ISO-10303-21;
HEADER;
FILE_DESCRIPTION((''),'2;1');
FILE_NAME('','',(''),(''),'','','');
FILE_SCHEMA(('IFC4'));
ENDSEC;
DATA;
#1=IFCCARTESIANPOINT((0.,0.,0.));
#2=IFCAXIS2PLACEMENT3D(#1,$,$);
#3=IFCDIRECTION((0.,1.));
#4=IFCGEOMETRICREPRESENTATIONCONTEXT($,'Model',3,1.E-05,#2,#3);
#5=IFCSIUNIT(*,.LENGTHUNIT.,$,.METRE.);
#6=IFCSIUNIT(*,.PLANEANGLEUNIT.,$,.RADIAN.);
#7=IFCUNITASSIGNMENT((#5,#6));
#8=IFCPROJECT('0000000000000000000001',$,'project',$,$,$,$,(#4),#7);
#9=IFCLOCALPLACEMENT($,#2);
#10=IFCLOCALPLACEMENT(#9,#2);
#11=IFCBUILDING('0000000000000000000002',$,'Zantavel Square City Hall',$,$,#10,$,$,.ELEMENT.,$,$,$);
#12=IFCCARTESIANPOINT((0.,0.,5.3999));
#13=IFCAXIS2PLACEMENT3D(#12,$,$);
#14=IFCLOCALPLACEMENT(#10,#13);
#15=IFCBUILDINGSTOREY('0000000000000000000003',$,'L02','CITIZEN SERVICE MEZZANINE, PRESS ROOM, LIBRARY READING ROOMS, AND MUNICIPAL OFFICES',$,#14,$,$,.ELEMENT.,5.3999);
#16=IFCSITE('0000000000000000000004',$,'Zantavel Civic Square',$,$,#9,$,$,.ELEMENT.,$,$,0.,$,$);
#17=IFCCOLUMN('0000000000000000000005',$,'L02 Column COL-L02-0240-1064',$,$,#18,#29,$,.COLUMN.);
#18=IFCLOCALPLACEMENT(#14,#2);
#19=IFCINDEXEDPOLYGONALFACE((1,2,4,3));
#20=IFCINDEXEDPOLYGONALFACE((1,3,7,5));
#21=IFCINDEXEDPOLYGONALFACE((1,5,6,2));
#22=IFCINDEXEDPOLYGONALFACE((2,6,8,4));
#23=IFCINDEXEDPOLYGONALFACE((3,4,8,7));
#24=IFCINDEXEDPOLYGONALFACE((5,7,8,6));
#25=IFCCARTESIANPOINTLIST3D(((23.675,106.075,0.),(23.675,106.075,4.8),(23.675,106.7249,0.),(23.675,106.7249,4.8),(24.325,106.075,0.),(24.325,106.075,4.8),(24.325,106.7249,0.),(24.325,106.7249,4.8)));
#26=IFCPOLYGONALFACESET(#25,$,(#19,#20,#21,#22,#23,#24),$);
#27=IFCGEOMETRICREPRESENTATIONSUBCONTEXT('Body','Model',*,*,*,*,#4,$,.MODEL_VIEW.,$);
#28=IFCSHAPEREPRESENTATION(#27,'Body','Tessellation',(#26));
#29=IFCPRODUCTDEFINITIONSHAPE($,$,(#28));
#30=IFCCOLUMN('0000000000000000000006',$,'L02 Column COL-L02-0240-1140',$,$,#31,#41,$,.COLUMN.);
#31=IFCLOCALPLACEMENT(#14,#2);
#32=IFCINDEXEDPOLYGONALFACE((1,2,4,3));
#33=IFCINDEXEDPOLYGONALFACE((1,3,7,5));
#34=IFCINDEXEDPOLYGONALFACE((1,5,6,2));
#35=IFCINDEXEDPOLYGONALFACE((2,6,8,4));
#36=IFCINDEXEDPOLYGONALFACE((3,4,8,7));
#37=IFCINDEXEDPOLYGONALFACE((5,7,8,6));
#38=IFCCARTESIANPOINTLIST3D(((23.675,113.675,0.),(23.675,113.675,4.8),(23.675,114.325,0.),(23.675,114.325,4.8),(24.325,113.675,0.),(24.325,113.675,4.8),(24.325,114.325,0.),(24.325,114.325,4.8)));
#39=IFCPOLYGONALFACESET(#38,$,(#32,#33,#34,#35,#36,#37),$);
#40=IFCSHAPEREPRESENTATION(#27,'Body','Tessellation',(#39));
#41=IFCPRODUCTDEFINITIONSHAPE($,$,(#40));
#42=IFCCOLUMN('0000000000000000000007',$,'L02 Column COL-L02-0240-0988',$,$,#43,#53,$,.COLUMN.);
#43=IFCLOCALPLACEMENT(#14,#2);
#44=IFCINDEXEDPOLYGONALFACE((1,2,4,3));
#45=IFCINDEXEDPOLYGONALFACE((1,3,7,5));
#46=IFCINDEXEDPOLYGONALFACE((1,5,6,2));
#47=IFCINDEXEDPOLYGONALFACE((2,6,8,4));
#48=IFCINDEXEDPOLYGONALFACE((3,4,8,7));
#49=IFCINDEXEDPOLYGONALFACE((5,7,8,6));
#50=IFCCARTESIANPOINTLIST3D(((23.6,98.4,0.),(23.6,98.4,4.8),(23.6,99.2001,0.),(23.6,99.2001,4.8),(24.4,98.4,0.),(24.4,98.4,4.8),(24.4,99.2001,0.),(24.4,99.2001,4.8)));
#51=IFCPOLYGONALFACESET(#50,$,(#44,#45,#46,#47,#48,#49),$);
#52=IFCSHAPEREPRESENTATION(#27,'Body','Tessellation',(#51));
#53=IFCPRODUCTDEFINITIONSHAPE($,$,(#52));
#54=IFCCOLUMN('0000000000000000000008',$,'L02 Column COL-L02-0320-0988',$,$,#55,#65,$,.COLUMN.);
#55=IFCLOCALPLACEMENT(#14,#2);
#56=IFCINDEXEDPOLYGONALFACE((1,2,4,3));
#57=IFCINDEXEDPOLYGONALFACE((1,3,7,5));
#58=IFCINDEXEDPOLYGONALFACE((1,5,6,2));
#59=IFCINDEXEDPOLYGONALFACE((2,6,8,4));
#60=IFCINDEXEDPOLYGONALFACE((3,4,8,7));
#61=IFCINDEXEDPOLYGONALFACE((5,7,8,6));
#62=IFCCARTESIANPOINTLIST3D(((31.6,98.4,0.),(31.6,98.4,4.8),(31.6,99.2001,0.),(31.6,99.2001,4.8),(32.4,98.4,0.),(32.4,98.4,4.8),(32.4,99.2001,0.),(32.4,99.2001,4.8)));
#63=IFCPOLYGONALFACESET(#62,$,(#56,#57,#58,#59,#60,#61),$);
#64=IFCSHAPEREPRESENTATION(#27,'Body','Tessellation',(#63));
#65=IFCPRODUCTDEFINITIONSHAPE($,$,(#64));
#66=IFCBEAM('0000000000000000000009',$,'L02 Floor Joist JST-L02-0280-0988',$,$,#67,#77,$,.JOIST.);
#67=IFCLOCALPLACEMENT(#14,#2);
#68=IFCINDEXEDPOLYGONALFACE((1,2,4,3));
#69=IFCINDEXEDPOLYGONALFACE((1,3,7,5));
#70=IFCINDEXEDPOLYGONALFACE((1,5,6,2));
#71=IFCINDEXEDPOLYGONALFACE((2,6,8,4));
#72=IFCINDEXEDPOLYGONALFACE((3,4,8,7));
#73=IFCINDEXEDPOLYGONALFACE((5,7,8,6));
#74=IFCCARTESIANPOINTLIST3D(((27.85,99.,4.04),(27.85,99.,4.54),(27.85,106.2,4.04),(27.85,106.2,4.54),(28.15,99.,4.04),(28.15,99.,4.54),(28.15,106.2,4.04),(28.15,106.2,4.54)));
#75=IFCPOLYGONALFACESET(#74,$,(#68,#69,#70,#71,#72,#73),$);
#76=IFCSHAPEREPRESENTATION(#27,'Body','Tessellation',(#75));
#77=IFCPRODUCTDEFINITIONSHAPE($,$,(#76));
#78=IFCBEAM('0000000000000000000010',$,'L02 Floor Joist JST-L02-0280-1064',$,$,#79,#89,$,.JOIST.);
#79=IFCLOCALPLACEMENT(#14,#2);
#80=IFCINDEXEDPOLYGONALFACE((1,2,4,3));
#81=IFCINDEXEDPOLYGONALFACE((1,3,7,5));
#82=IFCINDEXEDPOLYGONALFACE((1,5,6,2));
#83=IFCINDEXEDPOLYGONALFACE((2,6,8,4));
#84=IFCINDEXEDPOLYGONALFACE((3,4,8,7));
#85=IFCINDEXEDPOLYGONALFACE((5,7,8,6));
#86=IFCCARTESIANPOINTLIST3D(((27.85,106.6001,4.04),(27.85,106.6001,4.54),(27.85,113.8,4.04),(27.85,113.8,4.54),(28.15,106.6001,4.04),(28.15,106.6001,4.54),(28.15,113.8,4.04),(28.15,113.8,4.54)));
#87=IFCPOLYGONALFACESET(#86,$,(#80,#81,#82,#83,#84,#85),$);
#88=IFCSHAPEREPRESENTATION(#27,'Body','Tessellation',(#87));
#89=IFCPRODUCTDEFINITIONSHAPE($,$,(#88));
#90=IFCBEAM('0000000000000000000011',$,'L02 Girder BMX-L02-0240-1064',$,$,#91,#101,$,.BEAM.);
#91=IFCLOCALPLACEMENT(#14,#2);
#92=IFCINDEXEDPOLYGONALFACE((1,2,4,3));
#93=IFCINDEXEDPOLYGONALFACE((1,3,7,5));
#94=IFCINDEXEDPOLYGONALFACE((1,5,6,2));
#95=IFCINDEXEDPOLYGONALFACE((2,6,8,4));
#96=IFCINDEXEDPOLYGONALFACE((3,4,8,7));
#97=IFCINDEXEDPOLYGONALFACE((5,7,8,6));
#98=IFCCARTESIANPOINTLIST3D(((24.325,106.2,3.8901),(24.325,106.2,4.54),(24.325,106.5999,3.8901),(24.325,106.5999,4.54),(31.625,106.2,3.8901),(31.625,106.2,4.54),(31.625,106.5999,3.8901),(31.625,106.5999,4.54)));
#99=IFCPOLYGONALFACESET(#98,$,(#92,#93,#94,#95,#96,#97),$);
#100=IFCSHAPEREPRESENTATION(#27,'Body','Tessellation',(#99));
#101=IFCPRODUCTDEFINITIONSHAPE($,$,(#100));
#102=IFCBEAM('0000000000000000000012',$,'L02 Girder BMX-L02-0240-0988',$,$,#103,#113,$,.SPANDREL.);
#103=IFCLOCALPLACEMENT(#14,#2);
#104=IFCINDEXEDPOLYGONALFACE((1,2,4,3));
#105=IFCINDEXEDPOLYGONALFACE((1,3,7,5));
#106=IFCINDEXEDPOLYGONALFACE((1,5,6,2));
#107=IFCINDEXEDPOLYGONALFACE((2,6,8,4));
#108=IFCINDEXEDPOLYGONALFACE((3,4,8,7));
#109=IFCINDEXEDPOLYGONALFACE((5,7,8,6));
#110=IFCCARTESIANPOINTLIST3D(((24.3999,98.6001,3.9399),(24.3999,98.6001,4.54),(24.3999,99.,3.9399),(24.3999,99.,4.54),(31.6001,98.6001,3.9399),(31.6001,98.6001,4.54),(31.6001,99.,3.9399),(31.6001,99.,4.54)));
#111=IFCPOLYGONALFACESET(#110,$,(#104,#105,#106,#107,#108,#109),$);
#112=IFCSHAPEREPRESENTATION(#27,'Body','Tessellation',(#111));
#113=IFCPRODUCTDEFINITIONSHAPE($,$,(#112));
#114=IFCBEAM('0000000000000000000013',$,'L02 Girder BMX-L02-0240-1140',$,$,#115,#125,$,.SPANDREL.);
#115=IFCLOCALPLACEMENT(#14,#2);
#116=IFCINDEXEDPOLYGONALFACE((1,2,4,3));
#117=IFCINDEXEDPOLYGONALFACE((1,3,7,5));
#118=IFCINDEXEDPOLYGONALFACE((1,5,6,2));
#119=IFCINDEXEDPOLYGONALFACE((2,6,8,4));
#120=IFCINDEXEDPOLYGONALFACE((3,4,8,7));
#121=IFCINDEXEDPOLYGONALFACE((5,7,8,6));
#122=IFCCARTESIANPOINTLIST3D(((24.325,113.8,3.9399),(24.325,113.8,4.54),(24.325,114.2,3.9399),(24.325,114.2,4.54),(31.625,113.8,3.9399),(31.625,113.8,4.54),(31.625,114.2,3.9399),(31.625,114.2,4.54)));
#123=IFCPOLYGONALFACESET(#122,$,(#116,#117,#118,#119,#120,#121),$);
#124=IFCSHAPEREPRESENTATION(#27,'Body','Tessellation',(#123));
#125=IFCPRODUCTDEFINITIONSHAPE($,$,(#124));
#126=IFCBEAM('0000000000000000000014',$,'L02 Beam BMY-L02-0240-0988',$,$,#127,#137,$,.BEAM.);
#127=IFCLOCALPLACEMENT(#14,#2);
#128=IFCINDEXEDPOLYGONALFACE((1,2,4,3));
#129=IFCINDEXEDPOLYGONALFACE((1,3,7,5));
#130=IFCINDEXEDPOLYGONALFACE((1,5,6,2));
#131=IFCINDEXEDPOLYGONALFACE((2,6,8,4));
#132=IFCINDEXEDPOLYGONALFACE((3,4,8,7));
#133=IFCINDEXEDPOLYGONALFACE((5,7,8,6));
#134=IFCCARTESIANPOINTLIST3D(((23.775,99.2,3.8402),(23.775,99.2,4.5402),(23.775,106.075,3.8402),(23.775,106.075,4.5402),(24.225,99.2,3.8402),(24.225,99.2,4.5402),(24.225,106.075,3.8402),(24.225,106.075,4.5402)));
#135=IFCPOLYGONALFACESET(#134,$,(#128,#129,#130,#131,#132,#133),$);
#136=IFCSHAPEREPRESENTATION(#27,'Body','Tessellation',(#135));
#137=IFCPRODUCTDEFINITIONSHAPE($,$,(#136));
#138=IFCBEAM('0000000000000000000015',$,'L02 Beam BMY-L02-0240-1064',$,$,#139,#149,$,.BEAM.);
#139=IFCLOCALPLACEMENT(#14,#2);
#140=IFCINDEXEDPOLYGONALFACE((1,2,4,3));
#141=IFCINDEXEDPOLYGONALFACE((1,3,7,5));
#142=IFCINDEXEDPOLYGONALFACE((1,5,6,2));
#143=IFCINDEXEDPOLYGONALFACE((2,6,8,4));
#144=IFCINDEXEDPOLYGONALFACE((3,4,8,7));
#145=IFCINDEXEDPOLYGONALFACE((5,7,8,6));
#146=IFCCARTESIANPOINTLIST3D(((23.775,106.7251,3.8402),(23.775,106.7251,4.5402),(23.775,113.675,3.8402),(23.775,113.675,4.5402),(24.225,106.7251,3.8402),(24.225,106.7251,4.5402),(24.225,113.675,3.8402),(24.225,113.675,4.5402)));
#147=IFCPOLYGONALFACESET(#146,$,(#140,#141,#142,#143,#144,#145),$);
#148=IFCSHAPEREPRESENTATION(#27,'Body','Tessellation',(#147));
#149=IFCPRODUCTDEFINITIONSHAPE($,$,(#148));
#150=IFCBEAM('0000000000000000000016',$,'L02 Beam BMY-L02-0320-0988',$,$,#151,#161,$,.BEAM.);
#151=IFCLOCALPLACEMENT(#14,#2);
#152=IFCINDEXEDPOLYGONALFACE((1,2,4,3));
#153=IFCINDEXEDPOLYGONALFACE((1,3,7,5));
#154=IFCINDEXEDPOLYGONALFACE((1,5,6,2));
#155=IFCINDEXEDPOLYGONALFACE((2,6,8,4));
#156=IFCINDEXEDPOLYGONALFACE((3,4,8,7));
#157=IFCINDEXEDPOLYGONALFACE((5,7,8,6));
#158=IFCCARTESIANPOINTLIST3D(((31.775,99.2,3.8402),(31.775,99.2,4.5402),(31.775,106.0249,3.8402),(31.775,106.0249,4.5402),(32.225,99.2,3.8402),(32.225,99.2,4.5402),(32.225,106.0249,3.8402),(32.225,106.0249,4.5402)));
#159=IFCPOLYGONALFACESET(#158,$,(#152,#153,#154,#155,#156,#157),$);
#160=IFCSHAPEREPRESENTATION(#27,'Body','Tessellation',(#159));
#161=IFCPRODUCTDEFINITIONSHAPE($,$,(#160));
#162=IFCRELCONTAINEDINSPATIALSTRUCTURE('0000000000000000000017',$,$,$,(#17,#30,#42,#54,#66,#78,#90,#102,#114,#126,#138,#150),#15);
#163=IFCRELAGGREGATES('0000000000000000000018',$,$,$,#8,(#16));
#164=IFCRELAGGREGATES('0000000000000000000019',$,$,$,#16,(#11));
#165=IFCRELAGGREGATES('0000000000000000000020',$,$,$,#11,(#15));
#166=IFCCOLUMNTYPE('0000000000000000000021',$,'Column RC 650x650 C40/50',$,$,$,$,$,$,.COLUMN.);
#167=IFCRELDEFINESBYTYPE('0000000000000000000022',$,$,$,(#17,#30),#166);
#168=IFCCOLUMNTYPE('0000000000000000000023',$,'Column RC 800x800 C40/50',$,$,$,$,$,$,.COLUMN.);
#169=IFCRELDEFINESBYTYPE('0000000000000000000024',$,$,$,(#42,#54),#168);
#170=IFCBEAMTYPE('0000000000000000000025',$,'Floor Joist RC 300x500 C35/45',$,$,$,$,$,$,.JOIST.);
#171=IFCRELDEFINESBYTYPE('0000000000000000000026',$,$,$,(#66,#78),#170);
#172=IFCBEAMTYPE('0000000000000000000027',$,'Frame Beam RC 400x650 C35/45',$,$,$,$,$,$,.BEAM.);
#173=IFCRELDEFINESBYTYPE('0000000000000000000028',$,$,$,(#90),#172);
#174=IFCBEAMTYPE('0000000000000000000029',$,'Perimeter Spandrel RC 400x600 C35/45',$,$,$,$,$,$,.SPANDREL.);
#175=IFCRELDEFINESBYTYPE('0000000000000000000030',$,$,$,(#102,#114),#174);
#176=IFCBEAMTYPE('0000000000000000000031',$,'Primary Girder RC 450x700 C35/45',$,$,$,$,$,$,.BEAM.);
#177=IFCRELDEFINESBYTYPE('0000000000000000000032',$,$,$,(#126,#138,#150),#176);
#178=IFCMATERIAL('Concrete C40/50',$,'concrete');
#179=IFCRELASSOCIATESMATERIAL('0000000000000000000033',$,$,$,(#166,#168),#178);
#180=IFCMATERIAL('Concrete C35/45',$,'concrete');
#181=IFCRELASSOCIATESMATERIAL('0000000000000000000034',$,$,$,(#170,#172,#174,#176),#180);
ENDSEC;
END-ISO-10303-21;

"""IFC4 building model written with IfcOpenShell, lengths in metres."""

from ifc_helpers import new_model, si_unit, direction, frame, origin, origin_2d, place, context, subcontext, project, spatial, rectangle, extrude, material, material_profile, profile_set, type_object, element, save


model = new_model("IFC4")

# Units and contexts
model_context = context("Model", 3, precision=1e-05, world=origin(), true_north=direction((0.0, 1.0)))
body_context = subcontext(model_context, "Body", "Model", "MODEL_VIEW")
ifc_project = project(units=[si_unit("LENGTHUNIT", "METRE"), si_unit("PLANEANGLEUNIT", "RADIAN")], contexts=[model_context])

# Site, building, storey
site_placement = place(None, origin())
site = spatial("IfcSite", under=ifc_project, at=site_placement, Name="Zantavel Civic Square", CompositionType="ELEMENT", RefElevation=0.0)
building_placement = place(site_placement, origin())
building = spatial("IfcBuilding", under=site, at=building_placement, Name="Zantavel Square City Hall", CompositionType="ELEMENT")
storey_placement = place(building_placement, frame((0.0, 0.0, 5.3999)))
storey = spatial("IfcBuildingStorey", under=building, at=storey_placement, Name="L02", Description="CITIZEN SERVICE MEZZANINE, PRESS ROOM, LIBRARY READING ROOMS, AND MUNICIPAL OFFICES", CompositionType="ELEMENT", Elevation=5.3999)

# Columns
ifc_material_1 = material(Name="Concrete C40/50", Category="concrete")
ifc_material_profile_1 = material_profile(ifc_material_1, rectangle(XDim=0.6499, YDim=0.6499, at=origin_2d()), Name="RC 650x650")
ifc_profile_set_1 = profile_set([ifc_material_profile_1], Name="Concrete C40/50")
column_type_1 = type_object("IfcColumnType", Name="Column RC 650x650 C40/50", PredefinedType="COLUMN", material=ifc_profile_set_1)
for number, where, z_axis, x_axis, name in (
    (1, (24.0, 106.3999, 0.0), (0.0, 0.0, 1.0), (1.0, 0.0, 0.0), "L02 Column COL-L02-0240-1064"),
    (2, (24.0, 114.0, 0.0), (0.0, 0.0, 1.0), (1.0, 0.0, 0.0), "L02 Column COL-L02-0240-1140"),
):
    element("IfcColumn", number, at=place(storey_placement, frame(where, z_axis=z_axis, x_axis=x_axis)), inside=storey, type_object=column_type_1, Name=name, PredefinedType="COLUMN", context=body_context, shape_type="SweptSolid", body=[
        extrude(rectangle(XDim=0.6499, YDim=0.6499, at=origin_2d()), origin(), (0.0, 0.0, 1.0), 4.8),
    ])
ifc_material_profile_2 = material_profile(ifc_material_1, rectangle(XDim=0.8, YDim=0.8, at=origin_2d()), Name="RC 800x800")
ifc_profile_set_2 = profile_set([ifc_material_profile_2], Name="Concrete C40/50")
column_type_2 = type_object("IfcColumnType", Name="Column RC 800x800 C40/50", PredefinedType="COLUMN", material=ifc_profile_set_2)
for number, where, z_axis, x_axis, name in (
    (3, (24.0, 98.8, 0.0), (0.0, 0.0, 1.0), (1.0, 0.0, 0.0), "L02 Column COL-L02-0240-0988"),
    (4, (32.0, 98.8, 0.0), (0.0, 0.0, 1.0), (1.0, 0.0, 0.0), "L02 Column COL-L02-0320-0988"),
):
    element("IfcColumn", number, at=place(storey_placement, frame(where, z_axis=z_axis, x_axis=x_axis)), inside=storey, type_object=column_type_2, Name=name, PredefinedType="COLUMN", context=body_context, shape_type="SweptSolid", body=[
        extrude(rectangle(XDim=0.8, YDim=0.8, at=origin_2d()), origin(), (0.0, 0.0, 1.0), 4.8),
    ])

# Beams
ifc_material_2 = material(Name="Concrete C35/45", Category="concrete")
ifc_material_profile_3 = material_profile(ifc_material_2, rectangle(XDim=0.3, YDim=0.5, at=origin_2d()), Name="RC 300x500")
ifc_profile_set_3 = profile_set([ifc_material_profile_3], Name="Concrete C35/45")
beam_type_1 = type_object("IfcBeamType", Name="Floor Joist RC 300x500 C35/45", PredefinedType="JOIST", material=ifc_profile_set_3)
for number, where, z_axis, x_axis, name in (
    (5, (28.0, 99.0, 4.29), (0.0, 1.0, 0.0), (-1.0, 0.0, 0.0), "L02 Floor Joist JST-L02-0280-0988"),
    (6, (28.0, 106.6001, 4.29), (0.0, 1.0, 0.0), (-1.0, 0.0, 0.0), "L02 Floor Joist JST-L02-0280-1064"),
):
    element("IfcBeam", number, at=place(storey_placement, frame(where, z_axis=z_axis, x_axis=x_axis)), inside=storey, type_object=beam_type_1, Name=name, PredefinedType="JOIST", context=body_context, shape_type="SweptSolid", body=[
        extrude(rectangle(XDim=0.3, YDim=0.5, at=origin_2d()), origin(), (0.0, 0.0, 1.0), 7.2),
    ])
ifc_material_profile_4 = material_profile(ifc_material_2, rectangle(XDim=0.3999, YDim=0.6499, at=origin_2d()), Name="RC 400x650")
ifc_profile_set_4 = profile_set([ifc_material_profile_4], Name="Concrete C35/45")
beam_type_2 = type_object("IfcBeamType", Name="Frame Beam RC 400x650 C35/45", PredefinedType="BEAM", material=ifc_profile_set_4)
beam_1_placement = place(storey_placement, frame((24.325, 106.3999, 4.2151), z_axis=(1.0, 0.0, 0.0), x_axis=(0.0, 1.0, 0.0)))
element("IfcBeam", 7, at=beam_1_placement, inside=storey, type_object=beam_type_2, Name="L02 Girder BMX-L02-0240-1064", PredefinedType="BEAM", context=body_context, shape_type="SweptSolid", body=[
    extrude(rectangle(XDim=0.3999, YDim=0.6499, at=origin_2d()), origin(), (0.0, 0.0, 1.0), 7.3),
])
ifc_material_profile_5 = material_profile(ifc_material_2, rectangle(XDim=0.3999, YDim=0.6001, at=origin_2d()), Name="RC 400x600")
ifc_profile_set_5 = profile_set([ifc_material_profile_5], Name="Concrete C35/45")
beam_type_3 = type_object("IfcBeamType", Name="Perimeter Spandrel RC 400x600 C35/45", PredefinedType="SPANDREL", material=ifc_profile_set_5)
beam_2_placement = place(storey_placement, frame((24.3999, 98.8, 4.24), z_axis=(1.0, 0.0, 0.0), x_axis=(0.0, 1.0, 0.0)))
element("IfcBeam", 8, at=beam_2_placement, inside=storey, type_object=beam_type_3, Name="L02 Girder BMX-L02-0240-0988", PredefinedType="SPANDREL", context=body_context, shape_type="SweptSolid", body=[
    extrude(rectangle(XDim=0.3999, YDim=0.6001, at=origin_2d()), origin(), (0.0, 0.0, 1.0), 7.2002),
])
beam_3_placement = place(storey_placement, frame((24.325, 114.0, 4.24), z_axis=(1.0, 0.0, 0.0), x_axis=(0.0, 1.0, 0.0)))
element("IfcBeam", 9, at=beam_3_placement, inside=storey, type_object=beam_type_3, Name="L02 Girder BMX-L02-0240-1140", PredefinedType="SPANDREL", context=body_context, shape_type="SweptSolid", body=[
    extrude(rectangle(XDim=0.3999, YDim=0.6001, at=origin_2d()), origin(), (0.0, 0.0, 1.0), 7.3),
])
ifc_material_profile_6 = material_profile(ifc_material_2, rectangle(XDim=0.45, YDim=0.7, at=origin_2d()), Name="RC 450x700")
ifc_profile_set_6 = profile_set([ifc_material_profile_6], Name="Concrete C35/45")
beam_type_4 = type_object("IfcBeamType", Name="Primary Girder RC 450x700 C35/45", PredefinedType="BEAM", material=ifc_profile_set_6)
beam_4_placement = place(storey_placement, frame((24.0, 99.2, 4.1902), z_axis=(0.0, 1.0, 0.0), x_axis=(-1.0, 0.0, 0.0)))
element("IfcBeam", 10, at=beam_4_placement, inside=storey, type_object=beam_type_4, Name="L02 Beam BMY-L02-0240-0988", PredefinedType="BEAM", context=body_context, shape_type="SweptSolid", body=[
    extrude(rectangle(XDim=0.45, YDim=0.7, at=origin_2d()), origin(), (0.0, 0.0, 1.0), 6.875),
])
beam_5_placement = place(storey_placement, frame((24.0, 106.7251, 4.1902), z_axis=(0.0, 1.0, 0.0), x_axis=(-1.0, 0.0, 0.0)))
element("IfcBeam", 11, at=beam_5_placement, inside=storey, type_object=beam_type_4, Name="L02 Beam BMY-L02-0240-1064", PredefinedType="BEAM", context=body_context, shape_type="SweptSolid", body=[
    extrude(rectangle(XDim=0.45, YDim=0.7, at=origin_2d()), origin(), (0.0, 0.0, 1.0), 6.95),
])
beam_6_placement = place(storey_placement, frame((32.0, 99.2, 4.1902), z_axis=(0.0, 1.0, 0.0), x_axis=(-1.0, 0.0, 0.0)))
element("IfcBeam", 12, at=beam_6_placement, inside=storey, type_object=beam_type_4, Name="L02 Beam BMY-L02-0320-0988", PredefinedType="BEAM", context=body_context, shape_type="SweptSolid", body=[
    extrude(rectangle(XDim=0.45, YDim=0.7, at=origin_2d()), origin(), (0.0, 0.0, 1.0), 6.825),
])

save(model, "model.ifc")
